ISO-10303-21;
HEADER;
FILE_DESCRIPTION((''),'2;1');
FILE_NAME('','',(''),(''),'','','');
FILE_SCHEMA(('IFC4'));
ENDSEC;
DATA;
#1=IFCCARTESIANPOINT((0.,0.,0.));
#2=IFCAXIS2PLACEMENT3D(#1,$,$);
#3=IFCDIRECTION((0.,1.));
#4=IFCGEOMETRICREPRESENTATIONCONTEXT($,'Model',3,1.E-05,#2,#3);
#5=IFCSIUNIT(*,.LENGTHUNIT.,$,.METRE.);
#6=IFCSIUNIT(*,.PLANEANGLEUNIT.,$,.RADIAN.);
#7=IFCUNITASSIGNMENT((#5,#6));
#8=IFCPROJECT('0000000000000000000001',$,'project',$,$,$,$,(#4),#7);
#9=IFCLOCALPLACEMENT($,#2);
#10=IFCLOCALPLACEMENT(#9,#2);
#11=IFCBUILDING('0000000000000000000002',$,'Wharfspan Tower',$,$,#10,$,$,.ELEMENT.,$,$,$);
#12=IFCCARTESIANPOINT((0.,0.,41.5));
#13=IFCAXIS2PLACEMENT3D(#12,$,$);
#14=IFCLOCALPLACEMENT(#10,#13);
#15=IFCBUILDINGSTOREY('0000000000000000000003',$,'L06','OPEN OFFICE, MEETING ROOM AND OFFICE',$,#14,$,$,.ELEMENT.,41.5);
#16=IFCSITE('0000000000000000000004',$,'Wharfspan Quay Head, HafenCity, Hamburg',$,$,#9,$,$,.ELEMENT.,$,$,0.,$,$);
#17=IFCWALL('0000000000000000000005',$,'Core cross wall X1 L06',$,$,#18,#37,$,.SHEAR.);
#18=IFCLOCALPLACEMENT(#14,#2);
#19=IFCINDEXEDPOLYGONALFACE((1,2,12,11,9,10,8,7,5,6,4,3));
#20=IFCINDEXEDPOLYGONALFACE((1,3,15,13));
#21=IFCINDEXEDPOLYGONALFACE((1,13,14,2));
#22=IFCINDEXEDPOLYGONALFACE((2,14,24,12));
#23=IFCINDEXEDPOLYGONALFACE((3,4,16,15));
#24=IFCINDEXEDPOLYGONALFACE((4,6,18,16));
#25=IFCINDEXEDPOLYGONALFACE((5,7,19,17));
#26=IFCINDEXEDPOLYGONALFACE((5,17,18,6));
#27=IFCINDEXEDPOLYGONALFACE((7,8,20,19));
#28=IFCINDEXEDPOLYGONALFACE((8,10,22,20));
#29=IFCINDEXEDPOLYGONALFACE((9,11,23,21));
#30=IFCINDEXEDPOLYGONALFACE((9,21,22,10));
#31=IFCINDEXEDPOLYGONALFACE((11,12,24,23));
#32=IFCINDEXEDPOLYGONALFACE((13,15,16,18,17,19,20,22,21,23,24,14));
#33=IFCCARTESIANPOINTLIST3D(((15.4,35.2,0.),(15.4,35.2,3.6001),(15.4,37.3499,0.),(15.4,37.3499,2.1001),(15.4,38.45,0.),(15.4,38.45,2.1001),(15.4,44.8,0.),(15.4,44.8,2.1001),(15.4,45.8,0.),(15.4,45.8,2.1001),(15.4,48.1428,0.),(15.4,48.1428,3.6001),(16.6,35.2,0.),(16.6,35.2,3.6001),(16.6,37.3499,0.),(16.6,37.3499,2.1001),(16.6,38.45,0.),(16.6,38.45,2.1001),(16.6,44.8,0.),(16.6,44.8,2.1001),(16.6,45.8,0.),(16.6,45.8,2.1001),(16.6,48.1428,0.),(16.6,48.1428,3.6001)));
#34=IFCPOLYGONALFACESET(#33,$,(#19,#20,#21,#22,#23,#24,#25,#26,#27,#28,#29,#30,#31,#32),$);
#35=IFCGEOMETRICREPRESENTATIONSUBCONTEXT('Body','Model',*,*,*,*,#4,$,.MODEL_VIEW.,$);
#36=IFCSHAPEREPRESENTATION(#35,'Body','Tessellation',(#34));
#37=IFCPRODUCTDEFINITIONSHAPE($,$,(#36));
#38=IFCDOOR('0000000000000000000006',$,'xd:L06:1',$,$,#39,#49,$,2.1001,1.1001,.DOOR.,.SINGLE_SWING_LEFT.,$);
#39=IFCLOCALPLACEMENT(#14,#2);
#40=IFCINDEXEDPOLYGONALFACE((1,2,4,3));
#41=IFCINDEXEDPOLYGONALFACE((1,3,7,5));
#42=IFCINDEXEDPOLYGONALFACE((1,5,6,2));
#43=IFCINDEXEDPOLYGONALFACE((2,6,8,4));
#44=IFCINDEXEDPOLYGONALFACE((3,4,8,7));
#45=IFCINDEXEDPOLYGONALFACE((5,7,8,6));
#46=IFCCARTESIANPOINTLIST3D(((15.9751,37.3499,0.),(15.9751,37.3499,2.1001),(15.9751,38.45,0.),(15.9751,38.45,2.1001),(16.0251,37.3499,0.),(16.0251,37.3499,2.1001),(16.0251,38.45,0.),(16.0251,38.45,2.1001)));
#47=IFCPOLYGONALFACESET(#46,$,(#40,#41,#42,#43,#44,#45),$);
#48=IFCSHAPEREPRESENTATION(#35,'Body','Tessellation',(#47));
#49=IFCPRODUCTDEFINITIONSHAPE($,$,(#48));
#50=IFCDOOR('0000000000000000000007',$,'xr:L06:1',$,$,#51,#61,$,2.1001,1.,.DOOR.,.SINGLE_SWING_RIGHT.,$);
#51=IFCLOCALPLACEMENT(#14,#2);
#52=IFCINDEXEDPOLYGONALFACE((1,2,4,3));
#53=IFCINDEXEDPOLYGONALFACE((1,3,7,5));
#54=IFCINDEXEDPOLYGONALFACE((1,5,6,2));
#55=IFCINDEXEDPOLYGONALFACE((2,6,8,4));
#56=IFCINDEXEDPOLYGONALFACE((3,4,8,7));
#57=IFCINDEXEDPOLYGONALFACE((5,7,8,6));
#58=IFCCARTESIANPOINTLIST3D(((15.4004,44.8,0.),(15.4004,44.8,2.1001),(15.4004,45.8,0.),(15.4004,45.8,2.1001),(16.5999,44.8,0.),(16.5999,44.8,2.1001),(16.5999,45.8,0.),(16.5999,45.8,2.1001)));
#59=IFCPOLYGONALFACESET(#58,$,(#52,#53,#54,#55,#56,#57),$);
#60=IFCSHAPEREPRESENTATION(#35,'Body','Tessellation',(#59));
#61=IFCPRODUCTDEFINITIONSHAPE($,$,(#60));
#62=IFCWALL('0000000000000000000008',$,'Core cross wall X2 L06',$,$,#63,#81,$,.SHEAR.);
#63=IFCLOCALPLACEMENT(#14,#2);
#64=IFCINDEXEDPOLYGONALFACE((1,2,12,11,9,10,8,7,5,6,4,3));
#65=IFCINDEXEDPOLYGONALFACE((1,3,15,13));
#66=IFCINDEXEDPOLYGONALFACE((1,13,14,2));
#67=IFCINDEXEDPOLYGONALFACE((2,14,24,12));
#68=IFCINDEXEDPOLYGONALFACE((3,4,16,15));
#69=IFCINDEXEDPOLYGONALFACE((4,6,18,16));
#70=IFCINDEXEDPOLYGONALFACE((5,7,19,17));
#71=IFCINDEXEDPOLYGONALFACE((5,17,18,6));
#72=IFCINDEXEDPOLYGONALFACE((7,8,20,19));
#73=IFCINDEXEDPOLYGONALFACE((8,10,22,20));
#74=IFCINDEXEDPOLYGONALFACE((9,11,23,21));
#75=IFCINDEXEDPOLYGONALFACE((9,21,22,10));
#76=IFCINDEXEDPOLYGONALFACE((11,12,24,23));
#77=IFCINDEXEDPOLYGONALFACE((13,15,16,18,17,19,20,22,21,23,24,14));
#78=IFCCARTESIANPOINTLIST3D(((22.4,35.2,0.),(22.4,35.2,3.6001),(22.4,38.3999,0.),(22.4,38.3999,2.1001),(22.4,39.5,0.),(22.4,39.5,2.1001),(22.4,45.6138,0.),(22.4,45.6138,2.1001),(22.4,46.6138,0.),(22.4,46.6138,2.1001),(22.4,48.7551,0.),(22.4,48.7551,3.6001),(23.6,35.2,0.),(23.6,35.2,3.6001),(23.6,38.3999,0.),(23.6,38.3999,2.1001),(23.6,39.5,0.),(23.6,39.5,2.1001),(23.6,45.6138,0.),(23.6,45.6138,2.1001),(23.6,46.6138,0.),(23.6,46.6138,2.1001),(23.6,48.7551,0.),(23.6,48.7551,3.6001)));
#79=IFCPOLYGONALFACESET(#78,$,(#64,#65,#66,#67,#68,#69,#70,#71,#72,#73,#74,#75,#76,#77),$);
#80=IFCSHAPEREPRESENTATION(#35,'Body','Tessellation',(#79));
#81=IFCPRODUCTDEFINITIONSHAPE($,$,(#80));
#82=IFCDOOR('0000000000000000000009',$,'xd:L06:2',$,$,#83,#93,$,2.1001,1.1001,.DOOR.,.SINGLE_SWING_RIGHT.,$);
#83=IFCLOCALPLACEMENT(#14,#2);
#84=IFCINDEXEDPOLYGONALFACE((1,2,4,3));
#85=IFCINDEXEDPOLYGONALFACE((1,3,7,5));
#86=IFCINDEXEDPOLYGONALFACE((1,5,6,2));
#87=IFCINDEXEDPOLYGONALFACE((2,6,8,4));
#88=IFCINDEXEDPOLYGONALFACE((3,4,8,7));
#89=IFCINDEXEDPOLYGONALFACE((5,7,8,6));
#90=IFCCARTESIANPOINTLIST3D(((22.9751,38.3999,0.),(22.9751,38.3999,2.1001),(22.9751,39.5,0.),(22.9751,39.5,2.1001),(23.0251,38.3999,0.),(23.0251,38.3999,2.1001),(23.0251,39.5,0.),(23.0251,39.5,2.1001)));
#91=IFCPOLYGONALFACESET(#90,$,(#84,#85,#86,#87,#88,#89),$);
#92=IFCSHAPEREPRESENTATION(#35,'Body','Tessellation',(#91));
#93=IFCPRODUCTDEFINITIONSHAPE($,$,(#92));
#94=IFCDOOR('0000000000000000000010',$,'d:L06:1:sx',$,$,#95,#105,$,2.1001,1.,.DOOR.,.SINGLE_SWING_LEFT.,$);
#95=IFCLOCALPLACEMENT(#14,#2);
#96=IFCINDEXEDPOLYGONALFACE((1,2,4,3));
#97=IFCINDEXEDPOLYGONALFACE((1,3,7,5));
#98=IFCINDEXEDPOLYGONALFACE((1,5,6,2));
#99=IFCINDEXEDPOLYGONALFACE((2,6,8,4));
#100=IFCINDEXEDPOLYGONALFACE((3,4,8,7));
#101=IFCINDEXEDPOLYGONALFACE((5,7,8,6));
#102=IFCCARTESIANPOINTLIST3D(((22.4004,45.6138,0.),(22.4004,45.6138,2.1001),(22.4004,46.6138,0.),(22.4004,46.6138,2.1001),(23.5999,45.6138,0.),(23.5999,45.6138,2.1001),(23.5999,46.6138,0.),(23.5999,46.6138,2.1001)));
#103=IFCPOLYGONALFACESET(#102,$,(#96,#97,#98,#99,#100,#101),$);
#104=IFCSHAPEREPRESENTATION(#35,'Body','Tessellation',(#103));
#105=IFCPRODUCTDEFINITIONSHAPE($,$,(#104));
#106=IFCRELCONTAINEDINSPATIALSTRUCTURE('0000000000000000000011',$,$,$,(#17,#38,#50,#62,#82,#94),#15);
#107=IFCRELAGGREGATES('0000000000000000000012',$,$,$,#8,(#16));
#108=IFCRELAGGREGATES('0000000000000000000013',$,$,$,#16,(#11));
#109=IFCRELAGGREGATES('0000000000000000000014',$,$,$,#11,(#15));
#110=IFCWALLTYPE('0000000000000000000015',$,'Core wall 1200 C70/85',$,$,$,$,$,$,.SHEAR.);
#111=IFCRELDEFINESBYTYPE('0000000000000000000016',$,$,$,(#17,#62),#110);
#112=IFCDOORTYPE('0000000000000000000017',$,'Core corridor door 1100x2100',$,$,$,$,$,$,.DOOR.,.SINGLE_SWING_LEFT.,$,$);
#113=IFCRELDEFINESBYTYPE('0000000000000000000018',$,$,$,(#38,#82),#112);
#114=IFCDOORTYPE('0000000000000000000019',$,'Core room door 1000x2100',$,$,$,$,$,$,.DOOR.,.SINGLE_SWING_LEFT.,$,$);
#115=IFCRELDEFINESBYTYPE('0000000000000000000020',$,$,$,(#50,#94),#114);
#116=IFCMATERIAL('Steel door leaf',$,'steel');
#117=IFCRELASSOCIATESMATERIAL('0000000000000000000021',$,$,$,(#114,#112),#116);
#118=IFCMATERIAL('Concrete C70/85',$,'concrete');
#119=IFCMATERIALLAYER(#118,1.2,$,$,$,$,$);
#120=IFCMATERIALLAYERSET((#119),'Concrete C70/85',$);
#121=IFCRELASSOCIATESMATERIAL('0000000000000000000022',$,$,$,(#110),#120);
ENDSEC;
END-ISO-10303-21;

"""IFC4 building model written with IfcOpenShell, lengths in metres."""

from ifc_helpers import new_model, si_unit, direction, frame, frame_2d, origin, place, context, subcontext, project, spatial, rectangle, extrude, material, layer, layer_set, type_object, element, fill, save


model = new_model("IFC4")

# Units and contexts
model_context = context("Model", 3, precision=1e-05, world=origin(), true_north=direction((0.0, 1.0)))
body_context = subcontext(model_context, "Body", "Model", "MODEL_VIEW")
ifc_project = project(units=[si_unit("LENGTHUNIT", "METRE"), si_unit("PLANEANGLEUNIT", "RADIAN")], contexts=[model_context])

# Site, building, storey
site_placement = place(None, origin())
site = spatial("IfcSite", under=ifc_project, at=site_placement, Name="Wharfspan Quay Head, HafenCity, Hamburg", CompositionType="ELEMENT", RefElevation=0.0)
building_placement = place(site_placement, origin())
building = spatial("IfcBuilding", under=site, at=building_placement, Name="Wharfspan Tower", CompositionType="ELEMENT")
storey_placement = place(building_placement, frame((0.0, 0.0, 41.5)))
storey = spatial("IfcBuildingStorey", under=building, at=storey_placement, Name="L06", Description="OPEN OFFICE, MEETING ROOM AND OFFICE", CompositionType="ELEMENT", Elevation=41.5)

# Shared definitions
ifc_material_1 = material(Name="Steel door leaf", Category="steel")
door_type_1 = type_object("IfcDoorType", Name="Core room door 1000x2100", OperationType="SINGLE_SWING_LEFT", PredefinedType="DOOR", material=ifc_material_1)

# Shared definitions
ifc_material_2 = material(Name="Concrete C70/85", Category="concrete")
ifc_layer_1 = layer(ifc_material_2, 1.2)
ifc_layer_set_1 = layer_set([ifc_layer_1], Name="Concrete C70/85")
wall_type_1 = type_object("IfcWallType", Name="Core wall 1200 C70/85", PredefinedType="SHEAR", material=ifc_layer_set_1)

# Walls, openings, doors
wall_1_placement = place(storey_placement, frame((16.0, 35.2, 0.0), z_axis=(0.0, 0.0, 1.0), x_axis=(0.0, 1.0, 0.0)))
wall_1 = element("IfcWall", 1, at=wall_1_placement, inside=storey, type_object=wall_type_1, Name="Core cross wall X1 L06", PredefinedType="SHEAR", context=body_context, shape_type="SweptSolid", body=[
    extrude(rectangle(XDim=12.9429, YDim=1.2, at=frame_2d((6.4714, 0.0))), origin(), (0.0, 0.0, 1.0), 3.6001),
])
opening_1_placement = place(wall_1_placement, frame((2.1499, 0.0, 0.0)))
opening_1 = element("IfcOpeningElement", 2, at=opening_1_placement, cuts=wall_1, PredefinedType="OPENING", context=body_context, shape_type="SweptSolid", body=[
    extrude(rectangle(XDim=1.1001, YDim=2.1001, at=frame_2d((0.55, 1.05))), frame((0.0, 0.6099, 0.0), z_axis=(0.0, -1.0, 0.0), x_axis=(1.0, 0.0, 0.0)), (0.0, 0.0, 1.0), 1.22),
])
opening_2_placement = place(wall_1_placement, frame((9.6001, 0.0, 0.0)))
opening_2 = element("IfcOpeningElement", 3, at=opening_2_placement, cuts=wall_1, PredefinedType="OPENING", context=body_context, shape_type="SweptSolid", body=[
    extrude(rectangle(XDim=1.0, YDim=2.1001, at=frame_2d((0.5, 1.05))), frame((0.0, 0.6099, 0.0), z_axis=(0.0, -1.0, 0.0), x_axis=(1.0, 0.0, 0.0)), (0.0, 0.0, 1.0), 1.22),
])
door_type_2 = type_object("IfcDoorType", Name="Core corridor door 1100x2100", OperationType="SINGLE_SWING_LEFT", PredefinedType="DOOR", material=ifc_material_1)
door_1_placement = place(opening_1_placement, origin())
door_1 = element("IfcDoor", 4, at=door_1_placement, inside=storey, type_object=door_type_2, Name="xd:L06:1", OperationType="SINGLE_SWING_LEFT", OverallHeight=2.1001, OverallWidth=1.1001, PredefinedType="DOOR", context=body_context, shape_type="SweptSolid", body=[
    extrude(rectangle(XDim=1.1001, YDim=2.1001, at=frame_2d((0.55, 1.05))), frame((0.0, 0.0249, 0.0), z_axis=(0.0, -1.0, 0.0), x_axis=(1.0, 0.0, 0.0)), (0.0, 0.0, 1.0), 0.05),
])
fill(opening_1, door_1)
door_2_placement = place(opening_2_placement, origin())
door_2 = element("IfcDoor", 5, at=door_2_placement, inside=storey, type_object=door_type_1, Name="xr:L06:1", OperationType="SINGLE_SWING_RIGHT", OverallHeight=2.1001, OverallWidth=1.0, PredefinedType="DOOR", context=body_context, shape_type="SweptSolid", body=[
    extrude(rectangle(XDim=1.0, YDim=2.1001, at=frame_2d((0.5, 1.05))), frame((0.0, 0.5996, 0.0), z_axis=(0.0, -1.0, 0.0), x_axis=(1.0, 0.0, 0.0)), (0.0, 0.0, 1.0), 1.1995),
])
fill(opening_2, door_2)
wall_2_placement = place(storey_placement, frame((23.0, 35.2, 0.0), z_axis=(0.0, 0.0, 1.0), x_axis=(0.0, 1.0, 0.0)))
wall_2 = element("IfcWall", 6, at=wall_2_placement, inside=storey, type_object=wall_type_1, Name="Core cross wall X2 L06", PredefinedType="SHEAR", context=body_context, shape_type="SweptSolid", body=[
    extrude(rectangle(XDim=13.5552, YDim=1.2, at=frame_2d((6.7776, 0.0))), origin(), (0.0, 0.0, 1.0), 3.6001),
])
opening_3_placement = place(wall_2_placement, frame((10.4138, 0.0, 0.0)))
opening_3 = element("IfcOpeningElement", 7, at=opening_3_placement, cuts=wall_2, PredefinedType="OPENING", context=body_context, shape_type="SweptSolid", body=[
    extrude(rectangle(XDim=1.0, YDim=2.1001, at=frame_2d((0.5, 1.05))), frame((0.0, 0.6099, 0.0), z_axis=(0.0, -1.0, 0.0), x_axis=(1.0, 0.0, 0.0)), (0.0, 0.0, 1.0), 1.22),
])
opening_4_placement = place(wall_2_placement, frame((3.2, 0.0, 0.0)))
opening_4 = element("IfcOpeningElement", 8, at=opening_4_placement, cuts=wall_2, PredefinedType="OPENING", context=body_context, shape_type="SweptSolid", body=[
    extrude(rectangle(XDim=1.1001, YDim=2.1001, at=frame_2d((0.55, 1.05))), frame((0.0, 0.6099, 0.0), z_axis=(0.0, -1.0, 0.0), x_axis=(1.0, 0.0, 0.0)), (0.0, 0.0, 1.0), 1.22),
])
door_3_placement = place(opening_4_placement, origin())
door_3 = element("IfcDoor", 9, at=door_3_placement, inside=storey, type_object=door_type_2, Name="xd:L06:2", OperationType="SINGLE_SWING_RIGHT", OverallHeight=2.1001, OverallWidth=1.1001, PredefinedType="DOOR", context=body_context, shape_type="SweptSolid", body=[
    extrude(rectangle(XDim=1.1001, YDim=2.1001, at=frame_2d((0.55, 1.05))), frame((0.0, 0.0249, 0.0), z_axis=(0.0, -1.0, 0.0), x_axis=(1.0, 0.0, 0.0)), (0.0, 0.0, 1.0), 0.05),
])
fill(opening_4, door_3)
door_4_placement = place(opening_3_placement, origin())
door_4 = element("IfcDoor", 10, at=door_4_placement, inside=storey, type_object=door_type_1, Name="d:L06:1:sx", OperationType="SINGLE_SWING_LEFT", OverallHeight=2.1001, OverallWidth=1.0, PredefinedType="DOOR", context=body_context, shape_type="SweptSolid", body=[
    extrude(rectangle(XDim=1.0, YDim=2.1001, at=frame_2d((0.5, 1.05))), frame((0.0, 0.5996, 0.0), z_axis=(0.0, -1.0, 0.0), x_axis=(1.0, 0.0, 0.0)), (0.0, 0.0, 1.0), 1.1995),
])
fill(opening_3, door_4)

save(model, "model.ifc")
